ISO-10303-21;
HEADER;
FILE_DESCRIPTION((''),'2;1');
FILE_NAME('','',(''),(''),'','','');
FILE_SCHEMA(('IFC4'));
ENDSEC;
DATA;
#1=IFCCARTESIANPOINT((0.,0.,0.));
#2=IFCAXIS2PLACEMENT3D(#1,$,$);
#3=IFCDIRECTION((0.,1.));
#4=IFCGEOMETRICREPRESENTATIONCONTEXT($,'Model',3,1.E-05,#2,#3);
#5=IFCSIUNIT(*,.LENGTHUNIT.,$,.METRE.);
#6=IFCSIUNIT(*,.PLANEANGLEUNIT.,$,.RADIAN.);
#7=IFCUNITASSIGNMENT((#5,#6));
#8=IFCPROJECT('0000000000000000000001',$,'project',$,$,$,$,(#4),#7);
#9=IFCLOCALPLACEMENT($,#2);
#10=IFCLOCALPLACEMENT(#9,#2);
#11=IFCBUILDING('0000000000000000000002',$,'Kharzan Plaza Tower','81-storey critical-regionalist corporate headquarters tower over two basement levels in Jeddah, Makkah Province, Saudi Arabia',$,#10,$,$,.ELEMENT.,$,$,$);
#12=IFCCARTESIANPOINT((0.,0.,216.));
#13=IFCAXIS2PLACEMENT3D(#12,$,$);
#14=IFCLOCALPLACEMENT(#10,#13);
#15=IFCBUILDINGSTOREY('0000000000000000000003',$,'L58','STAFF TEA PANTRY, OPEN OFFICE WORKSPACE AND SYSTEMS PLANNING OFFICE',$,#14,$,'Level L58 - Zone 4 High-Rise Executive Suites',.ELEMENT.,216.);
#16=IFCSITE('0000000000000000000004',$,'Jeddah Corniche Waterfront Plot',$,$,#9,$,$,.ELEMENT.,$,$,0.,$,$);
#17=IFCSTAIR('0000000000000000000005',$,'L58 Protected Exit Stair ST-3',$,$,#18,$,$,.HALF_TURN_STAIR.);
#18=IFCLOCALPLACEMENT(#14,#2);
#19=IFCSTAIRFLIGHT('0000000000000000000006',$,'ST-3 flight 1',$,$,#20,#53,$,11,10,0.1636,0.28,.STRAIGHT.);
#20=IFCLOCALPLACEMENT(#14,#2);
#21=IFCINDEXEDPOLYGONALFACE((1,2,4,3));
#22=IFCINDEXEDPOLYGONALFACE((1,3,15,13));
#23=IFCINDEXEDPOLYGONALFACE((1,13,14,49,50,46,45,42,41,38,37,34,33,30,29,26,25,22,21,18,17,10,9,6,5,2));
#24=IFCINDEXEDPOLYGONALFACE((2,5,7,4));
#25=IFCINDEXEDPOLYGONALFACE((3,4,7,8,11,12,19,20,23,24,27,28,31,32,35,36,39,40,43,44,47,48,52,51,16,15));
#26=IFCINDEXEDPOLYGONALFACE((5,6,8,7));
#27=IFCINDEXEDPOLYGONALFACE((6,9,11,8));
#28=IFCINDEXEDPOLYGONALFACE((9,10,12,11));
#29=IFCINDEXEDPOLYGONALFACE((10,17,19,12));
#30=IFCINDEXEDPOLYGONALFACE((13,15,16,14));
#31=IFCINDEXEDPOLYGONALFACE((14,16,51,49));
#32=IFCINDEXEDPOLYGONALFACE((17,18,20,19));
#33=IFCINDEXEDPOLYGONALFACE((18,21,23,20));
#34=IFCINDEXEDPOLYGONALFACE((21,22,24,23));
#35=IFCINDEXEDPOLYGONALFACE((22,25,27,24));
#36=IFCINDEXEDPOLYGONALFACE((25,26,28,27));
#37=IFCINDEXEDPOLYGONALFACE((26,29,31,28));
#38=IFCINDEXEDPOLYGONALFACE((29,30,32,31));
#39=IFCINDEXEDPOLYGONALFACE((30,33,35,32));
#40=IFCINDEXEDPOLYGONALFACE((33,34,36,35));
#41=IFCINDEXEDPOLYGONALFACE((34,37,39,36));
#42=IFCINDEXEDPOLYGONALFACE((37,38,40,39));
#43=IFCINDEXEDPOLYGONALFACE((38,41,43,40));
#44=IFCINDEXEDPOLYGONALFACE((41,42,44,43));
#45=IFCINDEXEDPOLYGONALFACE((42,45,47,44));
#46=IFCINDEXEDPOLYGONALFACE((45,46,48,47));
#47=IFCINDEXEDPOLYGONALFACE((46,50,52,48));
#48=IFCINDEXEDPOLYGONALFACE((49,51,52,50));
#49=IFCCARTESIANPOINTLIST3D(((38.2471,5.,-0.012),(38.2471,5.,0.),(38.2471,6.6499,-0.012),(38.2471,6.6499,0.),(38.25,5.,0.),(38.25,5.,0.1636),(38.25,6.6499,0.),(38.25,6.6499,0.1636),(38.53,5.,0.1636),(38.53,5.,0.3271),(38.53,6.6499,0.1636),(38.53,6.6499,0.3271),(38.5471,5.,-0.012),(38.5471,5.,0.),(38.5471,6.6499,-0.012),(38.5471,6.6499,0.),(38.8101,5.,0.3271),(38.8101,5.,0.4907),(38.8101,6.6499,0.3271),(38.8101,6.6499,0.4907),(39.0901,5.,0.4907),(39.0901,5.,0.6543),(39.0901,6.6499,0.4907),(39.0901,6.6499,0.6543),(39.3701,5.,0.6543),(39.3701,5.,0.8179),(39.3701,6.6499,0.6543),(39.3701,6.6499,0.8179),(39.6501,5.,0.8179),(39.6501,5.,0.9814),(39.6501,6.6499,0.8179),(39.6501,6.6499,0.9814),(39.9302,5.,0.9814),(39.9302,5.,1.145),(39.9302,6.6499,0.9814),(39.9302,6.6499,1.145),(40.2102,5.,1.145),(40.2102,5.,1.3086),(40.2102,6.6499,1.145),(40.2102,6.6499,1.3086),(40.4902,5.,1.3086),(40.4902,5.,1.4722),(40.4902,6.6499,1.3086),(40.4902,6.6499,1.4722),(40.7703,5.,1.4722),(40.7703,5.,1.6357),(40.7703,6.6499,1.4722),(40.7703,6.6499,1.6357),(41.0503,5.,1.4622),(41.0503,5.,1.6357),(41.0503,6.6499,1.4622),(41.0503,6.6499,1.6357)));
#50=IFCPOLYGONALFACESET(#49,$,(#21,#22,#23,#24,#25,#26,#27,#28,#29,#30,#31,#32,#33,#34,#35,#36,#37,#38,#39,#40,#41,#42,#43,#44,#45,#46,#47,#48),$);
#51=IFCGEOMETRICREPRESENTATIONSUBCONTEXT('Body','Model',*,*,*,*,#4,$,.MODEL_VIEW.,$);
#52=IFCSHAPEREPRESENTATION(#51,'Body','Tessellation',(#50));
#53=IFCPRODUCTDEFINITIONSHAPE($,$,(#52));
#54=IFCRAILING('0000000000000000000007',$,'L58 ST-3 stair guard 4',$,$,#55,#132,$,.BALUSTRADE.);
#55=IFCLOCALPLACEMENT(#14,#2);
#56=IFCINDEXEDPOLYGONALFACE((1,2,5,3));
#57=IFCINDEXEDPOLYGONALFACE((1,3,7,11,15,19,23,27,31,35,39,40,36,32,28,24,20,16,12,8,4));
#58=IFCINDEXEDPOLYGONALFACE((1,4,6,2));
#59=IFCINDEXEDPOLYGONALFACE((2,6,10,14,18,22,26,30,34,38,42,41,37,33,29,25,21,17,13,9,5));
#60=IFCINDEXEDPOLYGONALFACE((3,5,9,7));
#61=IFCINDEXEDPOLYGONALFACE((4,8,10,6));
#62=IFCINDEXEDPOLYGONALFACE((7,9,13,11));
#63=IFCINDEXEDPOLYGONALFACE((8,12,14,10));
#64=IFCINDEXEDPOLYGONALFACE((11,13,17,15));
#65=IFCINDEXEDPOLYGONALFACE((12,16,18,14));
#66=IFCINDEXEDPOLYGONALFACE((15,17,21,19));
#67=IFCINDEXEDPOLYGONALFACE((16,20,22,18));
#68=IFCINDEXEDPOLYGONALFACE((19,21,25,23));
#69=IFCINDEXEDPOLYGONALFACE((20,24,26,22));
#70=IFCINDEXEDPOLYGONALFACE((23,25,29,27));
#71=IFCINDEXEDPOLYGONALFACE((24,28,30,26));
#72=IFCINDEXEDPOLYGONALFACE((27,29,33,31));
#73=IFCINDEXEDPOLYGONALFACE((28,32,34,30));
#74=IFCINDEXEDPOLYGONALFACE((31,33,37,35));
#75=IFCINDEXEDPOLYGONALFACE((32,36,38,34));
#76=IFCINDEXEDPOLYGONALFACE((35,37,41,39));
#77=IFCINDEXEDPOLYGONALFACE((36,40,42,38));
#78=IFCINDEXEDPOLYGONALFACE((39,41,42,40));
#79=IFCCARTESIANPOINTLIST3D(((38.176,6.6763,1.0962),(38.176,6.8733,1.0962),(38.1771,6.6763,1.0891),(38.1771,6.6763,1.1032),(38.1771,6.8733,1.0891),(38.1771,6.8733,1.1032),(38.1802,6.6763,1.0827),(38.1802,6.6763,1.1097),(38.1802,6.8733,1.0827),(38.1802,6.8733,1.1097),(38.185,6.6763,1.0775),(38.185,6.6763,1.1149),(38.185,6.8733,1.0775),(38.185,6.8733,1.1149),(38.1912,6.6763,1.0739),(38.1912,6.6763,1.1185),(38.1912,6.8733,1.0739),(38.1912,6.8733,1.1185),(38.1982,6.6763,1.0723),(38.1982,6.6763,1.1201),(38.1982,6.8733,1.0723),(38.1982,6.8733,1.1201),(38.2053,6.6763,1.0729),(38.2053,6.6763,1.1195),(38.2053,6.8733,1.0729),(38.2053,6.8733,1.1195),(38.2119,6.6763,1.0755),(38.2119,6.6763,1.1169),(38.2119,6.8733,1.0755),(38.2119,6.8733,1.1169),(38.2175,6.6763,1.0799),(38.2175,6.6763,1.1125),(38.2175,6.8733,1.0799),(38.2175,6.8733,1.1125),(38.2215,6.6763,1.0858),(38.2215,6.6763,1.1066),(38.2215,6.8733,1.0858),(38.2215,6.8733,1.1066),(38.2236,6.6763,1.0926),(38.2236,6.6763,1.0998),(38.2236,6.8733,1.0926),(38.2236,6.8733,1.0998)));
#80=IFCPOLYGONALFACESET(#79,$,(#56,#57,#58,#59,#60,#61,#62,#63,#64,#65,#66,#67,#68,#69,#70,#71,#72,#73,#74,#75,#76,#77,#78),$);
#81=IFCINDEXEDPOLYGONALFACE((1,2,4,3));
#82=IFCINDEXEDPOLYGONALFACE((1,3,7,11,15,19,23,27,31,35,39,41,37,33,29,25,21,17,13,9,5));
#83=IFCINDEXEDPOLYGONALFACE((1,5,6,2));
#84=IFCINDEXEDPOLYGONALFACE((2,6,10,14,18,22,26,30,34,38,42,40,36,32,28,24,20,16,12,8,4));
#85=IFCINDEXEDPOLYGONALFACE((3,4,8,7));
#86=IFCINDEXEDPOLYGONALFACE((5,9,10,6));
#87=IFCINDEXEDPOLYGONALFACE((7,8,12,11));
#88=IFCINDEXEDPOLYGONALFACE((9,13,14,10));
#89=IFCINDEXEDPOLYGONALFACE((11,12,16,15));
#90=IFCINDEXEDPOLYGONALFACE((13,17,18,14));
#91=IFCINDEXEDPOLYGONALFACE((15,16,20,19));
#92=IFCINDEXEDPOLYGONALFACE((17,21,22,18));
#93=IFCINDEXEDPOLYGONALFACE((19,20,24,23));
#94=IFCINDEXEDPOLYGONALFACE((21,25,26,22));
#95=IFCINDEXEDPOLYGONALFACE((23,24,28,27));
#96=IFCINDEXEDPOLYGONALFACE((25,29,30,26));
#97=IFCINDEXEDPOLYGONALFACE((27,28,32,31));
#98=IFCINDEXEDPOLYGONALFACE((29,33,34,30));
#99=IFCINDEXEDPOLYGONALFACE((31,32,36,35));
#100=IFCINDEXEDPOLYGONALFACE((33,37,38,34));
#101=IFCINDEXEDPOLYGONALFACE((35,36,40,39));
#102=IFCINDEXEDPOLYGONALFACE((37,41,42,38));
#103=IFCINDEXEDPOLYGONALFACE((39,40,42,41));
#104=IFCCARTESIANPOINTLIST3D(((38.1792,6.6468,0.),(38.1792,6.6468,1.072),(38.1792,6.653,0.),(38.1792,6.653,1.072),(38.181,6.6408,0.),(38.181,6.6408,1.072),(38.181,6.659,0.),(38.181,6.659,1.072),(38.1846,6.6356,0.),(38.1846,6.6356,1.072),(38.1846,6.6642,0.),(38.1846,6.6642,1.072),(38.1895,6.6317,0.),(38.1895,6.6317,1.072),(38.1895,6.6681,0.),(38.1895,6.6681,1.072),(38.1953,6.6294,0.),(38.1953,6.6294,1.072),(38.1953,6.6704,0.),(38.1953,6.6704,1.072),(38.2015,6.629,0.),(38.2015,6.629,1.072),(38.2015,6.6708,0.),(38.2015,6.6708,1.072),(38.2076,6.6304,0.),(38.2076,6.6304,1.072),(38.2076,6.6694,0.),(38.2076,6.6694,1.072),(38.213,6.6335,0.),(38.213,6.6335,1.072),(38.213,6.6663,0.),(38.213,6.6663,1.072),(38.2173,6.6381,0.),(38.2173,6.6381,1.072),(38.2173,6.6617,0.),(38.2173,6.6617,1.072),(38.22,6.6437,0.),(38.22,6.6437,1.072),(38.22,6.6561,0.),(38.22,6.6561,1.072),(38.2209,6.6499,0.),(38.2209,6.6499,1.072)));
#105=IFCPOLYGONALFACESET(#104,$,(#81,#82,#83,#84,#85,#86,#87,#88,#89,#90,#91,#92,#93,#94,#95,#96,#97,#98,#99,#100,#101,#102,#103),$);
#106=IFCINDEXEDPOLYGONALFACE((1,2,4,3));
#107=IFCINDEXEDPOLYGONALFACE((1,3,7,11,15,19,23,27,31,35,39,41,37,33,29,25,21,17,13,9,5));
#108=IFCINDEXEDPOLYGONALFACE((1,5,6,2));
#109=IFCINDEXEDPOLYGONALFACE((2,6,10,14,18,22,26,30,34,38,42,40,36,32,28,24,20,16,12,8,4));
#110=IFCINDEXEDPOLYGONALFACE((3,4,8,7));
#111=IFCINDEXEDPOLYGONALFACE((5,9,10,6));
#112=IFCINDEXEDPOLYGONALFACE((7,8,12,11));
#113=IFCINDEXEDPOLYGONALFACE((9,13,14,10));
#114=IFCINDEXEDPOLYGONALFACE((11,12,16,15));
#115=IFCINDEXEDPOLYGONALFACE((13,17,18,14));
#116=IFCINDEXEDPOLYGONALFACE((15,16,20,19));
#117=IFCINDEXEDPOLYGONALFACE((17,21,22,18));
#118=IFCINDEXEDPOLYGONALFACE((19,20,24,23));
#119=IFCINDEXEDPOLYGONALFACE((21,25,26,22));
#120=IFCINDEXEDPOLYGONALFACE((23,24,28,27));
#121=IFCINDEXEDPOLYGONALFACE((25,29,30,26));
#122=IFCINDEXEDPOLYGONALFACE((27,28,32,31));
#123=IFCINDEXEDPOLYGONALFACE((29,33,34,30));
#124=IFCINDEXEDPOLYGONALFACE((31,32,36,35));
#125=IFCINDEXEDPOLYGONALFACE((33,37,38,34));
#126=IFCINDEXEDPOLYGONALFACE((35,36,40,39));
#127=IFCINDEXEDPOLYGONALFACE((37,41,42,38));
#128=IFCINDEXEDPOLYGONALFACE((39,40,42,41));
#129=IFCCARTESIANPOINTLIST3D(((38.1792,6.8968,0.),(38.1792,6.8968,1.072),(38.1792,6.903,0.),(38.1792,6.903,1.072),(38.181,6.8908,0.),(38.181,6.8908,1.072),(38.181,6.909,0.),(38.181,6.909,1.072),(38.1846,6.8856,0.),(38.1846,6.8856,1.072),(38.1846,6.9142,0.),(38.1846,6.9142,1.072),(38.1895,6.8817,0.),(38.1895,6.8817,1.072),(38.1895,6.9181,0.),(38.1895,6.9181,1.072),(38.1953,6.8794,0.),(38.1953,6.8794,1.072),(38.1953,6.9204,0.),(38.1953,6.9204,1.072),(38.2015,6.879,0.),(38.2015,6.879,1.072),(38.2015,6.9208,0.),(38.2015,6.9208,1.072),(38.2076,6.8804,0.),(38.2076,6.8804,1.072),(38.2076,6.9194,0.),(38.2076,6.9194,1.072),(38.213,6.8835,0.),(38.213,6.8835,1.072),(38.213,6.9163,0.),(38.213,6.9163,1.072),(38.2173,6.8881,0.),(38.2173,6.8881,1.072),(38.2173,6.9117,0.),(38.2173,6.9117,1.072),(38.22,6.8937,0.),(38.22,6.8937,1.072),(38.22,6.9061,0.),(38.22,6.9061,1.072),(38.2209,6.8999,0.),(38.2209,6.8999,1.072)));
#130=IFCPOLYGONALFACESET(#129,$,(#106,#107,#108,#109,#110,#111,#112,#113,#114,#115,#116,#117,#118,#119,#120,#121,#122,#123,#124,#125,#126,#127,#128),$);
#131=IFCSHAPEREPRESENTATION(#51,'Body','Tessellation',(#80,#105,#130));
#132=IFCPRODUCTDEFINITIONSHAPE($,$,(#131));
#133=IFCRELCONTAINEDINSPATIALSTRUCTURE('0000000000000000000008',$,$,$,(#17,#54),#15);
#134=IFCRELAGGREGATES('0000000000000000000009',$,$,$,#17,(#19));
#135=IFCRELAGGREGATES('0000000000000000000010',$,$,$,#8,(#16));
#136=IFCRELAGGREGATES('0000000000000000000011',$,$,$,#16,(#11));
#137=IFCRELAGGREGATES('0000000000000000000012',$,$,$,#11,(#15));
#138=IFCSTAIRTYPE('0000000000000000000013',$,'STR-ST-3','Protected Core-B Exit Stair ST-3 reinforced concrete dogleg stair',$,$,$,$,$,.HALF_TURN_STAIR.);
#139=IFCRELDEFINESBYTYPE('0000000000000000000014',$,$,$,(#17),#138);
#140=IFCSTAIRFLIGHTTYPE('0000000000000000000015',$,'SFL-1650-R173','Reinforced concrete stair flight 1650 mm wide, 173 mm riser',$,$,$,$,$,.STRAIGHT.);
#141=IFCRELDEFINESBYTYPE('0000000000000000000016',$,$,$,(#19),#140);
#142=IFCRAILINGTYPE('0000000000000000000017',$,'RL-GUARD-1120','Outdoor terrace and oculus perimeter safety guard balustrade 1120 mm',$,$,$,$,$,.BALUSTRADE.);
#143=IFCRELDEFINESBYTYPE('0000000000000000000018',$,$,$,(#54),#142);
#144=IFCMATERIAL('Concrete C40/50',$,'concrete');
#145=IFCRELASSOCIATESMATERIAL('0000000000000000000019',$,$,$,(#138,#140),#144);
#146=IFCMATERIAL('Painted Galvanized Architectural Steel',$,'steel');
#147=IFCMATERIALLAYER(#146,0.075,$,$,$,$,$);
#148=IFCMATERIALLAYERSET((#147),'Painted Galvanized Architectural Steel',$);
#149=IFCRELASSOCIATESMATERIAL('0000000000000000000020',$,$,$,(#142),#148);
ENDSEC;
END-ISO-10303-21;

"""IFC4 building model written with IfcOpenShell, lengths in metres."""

from ifc_helpers import new_model, si_unit, direction, frame, origin, origin_2d, place, context, subcontext, project, spatial, polyline, circle, outline, extrude, source, transform, mapped, material, layer, layer_set, type_object, element, aggregate, save


model = new_model("IFC4")

# Units and contexts
model_context = context("Model", 3, precision=1e-05, world=origin(), true_north=direction((0.0, 1.0)))
body_context = subcontext(model_context, "Body", "Model", "MODEL_VIEW")
ifc_project = project(units=[si_unit("LENGTHUNIT", "METRE"), si_unit("PLANEANGLEUNIT", "RADIAN")], contexts=[model_context])

# Site, building, storey
site_placement = place(None, origin())
site = spatial("IfcSite", under=ifc_project, at=site_placement, Name="Jeddah Corniche Waterfront Plot", CompositionType="ELEMENT", RefElevation=0.0)
building_placement = place(site_placement, origin())
building = spatial("IfcBuilding", under=site, at=building_placement, Name="Kharzan Plaza Tower", Description="81-storey critical-regionalist corporate headquarters tower over two basement levels in Jeddah, Makkah Province, Saudi Arabia", CompositionType="ELEMENT")
storey_placement = place(building_placement, frame((0.0, 0.0, 216.0)))
storey = spatial("IfcBuildingStorey", under=building, at=storey_placement, Name="L58", Description="STAFF TEA PANTRY, OPEN OFFICE WORKSPACE AND SYSTEMS PLANNING OFFICE", LongName="Level L58 - Zone 4 High-Rise Executive Suites", CompositionType="ELEMENT", Elevation=216.0)

# Shared definitions
ifc_material_1 = material(Name="Concrete C40/50", Category="concrete")

# Stair, stair flight
stair_type = type_object("IfcStairType", Name="STR-ST-3", Description="Protected Core-B Exit Stair ST-3 reinforced concrete dogleg stair", PredefinedType="HALF_TURN_STAIR", material=ifc_material_1)
stair_placement = place(storey_placement, origin())
stair = element("IfcStair", 1, at=stair_placement, inside=storey, type_object=stair_type, Name="L58 Protected Exit Stair ST-3", PredefinedType="HALF_TURN_STAIR")
stair_flight_type = type_object("IfcStairFlightType", Name="SFL-1650-R173", Description="Reinforced concrete stair flight 1650 mm wide, 173 mm riser", PredefinedType="STRAIGHT", material=ifc_material_1)
shared_shape_1 = source(origin(), body_context, "Body", "SweptSolid", [
    extrude(outline(polyline([(-0.0029, -0.012), (-0.0029, 0.0), (0.0, 0.0), (0.0, 0.1636), (0.28, 0.1636), (0.28, 0.3271), (0.5601, 0.3271), (0.5601, 0.4907), (0.8401, 0.4907), (0.8401, 0.6543), (1.1201, 0.6543), (1.1201, 0.8179), (1.4001, 0.8179), (1.4001, 0.9814), (1.6802, 0.9814), (1.6802, 1.145), (1.9602, 1.145), (1.9602, 1.3086), (2.2402, 1.3086), (2.2402, 1.4722), (2.5203, 1.4722), (2.5203, 1.6357), (2.8003, 1.6357), (2.8003, 1.7993), (2.8003, 1.4622), (0.2971, 0.0), (0.2971, -0.012), (-0.0029, -0.012)])), frame((0.0, 0.825, 0.0), z_axis=(0.0, -1.0, 0.0), x_axis=(1.0, 0.0, 0.0)), (0.0, 0.0, 1.0), 1.6499),
])
stair_flight_placement = place(storey_placement, frame((38.25, 5.825, 0.0), z_axis=(0.0, 0.0, 1.0), x_axis=(1.0, 0.0, 0.0)))
stair_flight = element("IfcStairFlight", 2, at=stair_flight_placement, type_object=stair_flight_type, Name="ST-3 flight 1", NumberOfRisers=11, NumberOfTreads=10, PredefinedType="STRAIGHT", RiserHeight=0.1636, TreadLength=0.28, context=body_context, shape_type="MappedRepresentation", body=[
    mapped(shared_shape_1, transform((0.0, 0.0, 0.0), x_axis=(1.0, 0.0, 0.0), y_axis=(0.0, 1.0, 0.0), z_axis=(0.0, 0.0, 1.0))),
])
aggregate(stair, [stair_flight])

# Railing
ifc_material_2 = material(Name="Painted Galvanized Architectural Steel", Category="steel")
ifc_layer_1 = layer(ifc_material_2, 0.075)
ifc_layer_set_1 = layer_set([ifc_layer_1], Name="Painted Galvanized Architectural Steel")
railing_type_1 = type_object("IfcRailingType", Name="RL-GUARD-1120", Description="Outdoor terrace and oculus perimeter safety guard balustrade 1120 mm", PredefinedType="BALUSTRADE", material=ifc_layer_set_1)
shared_shape_2 = source(origin(), body_context, "Body", "SweptSolid", [
    extrude(circle(Radius=0.0239, at=origin_2d()), frame((0.0, 0.0264, 1.0962), z_axis=(0.0, 1.0, 0.0), x_axis=(-1.0, 0.0, 0.0)), (0.0, 0.0, 1.0), 0.197),
    extrude(circle(Radius=0.021, at=origin_2d()), origin(), (0.0, 0.0, 1.0), 1.072),
    extrude(circle(Radius=0.021, at=origin_2d()), frame((0.0, 0.25, 0.0)), (0.0, 0.0, 1.0), 1.072),
])
railing_1_placement = place(storey_placement, frame((38.2, 6.6499, 0.0)))
element("IfcRailing", 3, at=railing_1_placement, inside=storey, type_object=railing_type_1, Name="L58 ST-3 stair guard 4", PredefinedType="BALUSTRADE", context=body_context, shape_type="MappedRepresentation", body=[
    mapped(shared_shape_2, transform((0.0, 0.0, 0.0), x_axis=(1.0, 0.0, 0.0), y_axis=(0.0, 1.0, 0.0), z_axis=(0.0, 0.0, 1.0))),
])

save(model, "model.ifc")
